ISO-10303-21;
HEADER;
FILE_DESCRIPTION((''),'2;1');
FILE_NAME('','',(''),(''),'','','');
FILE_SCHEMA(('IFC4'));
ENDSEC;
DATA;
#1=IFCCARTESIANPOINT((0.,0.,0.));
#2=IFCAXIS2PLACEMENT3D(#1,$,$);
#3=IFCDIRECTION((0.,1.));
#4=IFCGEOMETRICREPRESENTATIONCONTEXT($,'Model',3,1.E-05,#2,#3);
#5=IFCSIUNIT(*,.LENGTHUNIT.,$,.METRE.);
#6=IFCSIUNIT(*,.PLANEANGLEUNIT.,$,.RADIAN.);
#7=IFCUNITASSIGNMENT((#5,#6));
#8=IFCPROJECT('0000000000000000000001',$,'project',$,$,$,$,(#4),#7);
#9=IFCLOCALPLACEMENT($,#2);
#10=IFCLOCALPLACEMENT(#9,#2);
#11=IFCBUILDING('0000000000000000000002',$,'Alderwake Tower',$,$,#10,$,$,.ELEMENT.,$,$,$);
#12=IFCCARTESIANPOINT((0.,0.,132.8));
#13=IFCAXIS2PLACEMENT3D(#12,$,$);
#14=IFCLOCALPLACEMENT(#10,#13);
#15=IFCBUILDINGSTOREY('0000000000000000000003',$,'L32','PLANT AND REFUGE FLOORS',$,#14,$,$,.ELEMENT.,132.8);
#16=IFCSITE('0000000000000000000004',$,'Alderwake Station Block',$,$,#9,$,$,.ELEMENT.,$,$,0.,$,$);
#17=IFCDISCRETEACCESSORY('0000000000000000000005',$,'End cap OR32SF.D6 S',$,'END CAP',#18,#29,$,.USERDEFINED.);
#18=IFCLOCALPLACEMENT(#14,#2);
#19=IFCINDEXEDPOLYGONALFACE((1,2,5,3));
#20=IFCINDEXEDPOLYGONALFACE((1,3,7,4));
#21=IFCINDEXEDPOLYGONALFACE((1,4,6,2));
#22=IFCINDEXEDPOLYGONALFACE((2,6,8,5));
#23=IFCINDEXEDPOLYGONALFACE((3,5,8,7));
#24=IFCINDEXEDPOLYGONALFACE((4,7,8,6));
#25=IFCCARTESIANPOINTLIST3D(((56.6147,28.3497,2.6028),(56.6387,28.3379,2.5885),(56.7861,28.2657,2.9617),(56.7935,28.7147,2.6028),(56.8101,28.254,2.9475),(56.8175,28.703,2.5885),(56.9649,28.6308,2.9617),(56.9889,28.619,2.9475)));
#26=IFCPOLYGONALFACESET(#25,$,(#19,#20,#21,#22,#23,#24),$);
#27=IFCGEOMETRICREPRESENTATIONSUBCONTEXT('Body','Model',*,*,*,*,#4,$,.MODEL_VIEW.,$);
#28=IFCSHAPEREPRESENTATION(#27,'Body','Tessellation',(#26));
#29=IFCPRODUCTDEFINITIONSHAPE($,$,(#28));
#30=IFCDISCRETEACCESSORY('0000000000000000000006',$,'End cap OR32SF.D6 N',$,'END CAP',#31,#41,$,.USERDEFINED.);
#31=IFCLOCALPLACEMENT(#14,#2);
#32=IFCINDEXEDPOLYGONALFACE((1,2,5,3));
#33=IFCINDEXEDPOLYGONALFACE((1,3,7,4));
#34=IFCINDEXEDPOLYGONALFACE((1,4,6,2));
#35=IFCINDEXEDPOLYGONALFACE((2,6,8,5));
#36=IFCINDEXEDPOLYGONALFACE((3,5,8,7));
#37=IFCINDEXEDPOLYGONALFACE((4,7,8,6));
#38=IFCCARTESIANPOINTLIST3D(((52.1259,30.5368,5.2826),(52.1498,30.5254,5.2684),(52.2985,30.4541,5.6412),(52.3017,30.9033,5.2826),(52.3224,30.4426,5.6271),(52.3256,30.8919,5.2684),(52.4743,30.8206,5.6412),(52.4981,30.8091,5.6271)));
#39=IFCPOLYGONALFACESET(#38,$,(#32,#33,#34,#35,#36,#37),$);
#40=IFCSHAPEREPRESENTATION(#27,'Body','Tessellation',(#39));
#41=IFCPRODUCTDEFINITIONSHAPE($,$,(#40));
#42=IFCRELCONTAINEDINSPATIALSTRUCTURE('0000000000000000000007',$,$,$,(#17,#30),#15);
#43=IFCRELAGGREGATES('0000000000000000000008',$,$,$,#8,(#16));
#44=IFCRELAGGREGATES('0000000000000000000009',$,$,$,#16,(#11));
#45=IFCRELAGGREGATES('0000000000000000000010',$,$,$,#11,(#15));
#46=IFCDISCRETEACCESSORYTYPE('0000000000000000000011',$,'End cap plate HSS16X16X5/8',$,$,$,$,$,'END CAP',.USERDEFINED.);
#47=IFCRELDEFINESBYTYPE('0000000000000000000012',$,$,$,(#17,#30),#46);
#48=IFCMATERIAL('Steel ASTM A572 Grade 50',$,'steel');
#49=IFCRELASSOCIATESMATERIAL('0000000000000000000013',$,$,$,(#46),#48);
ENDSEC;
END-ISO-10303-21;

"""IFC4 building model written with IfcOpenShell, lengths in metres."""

from ifc_helpers import new_model, si_unit, direction, frame, origin, origin_2d, place, context, subcontext, project, spatial, rectangle, extrude, material, material_profile, profile_set, type_object, element, save


model = new_model("IFC4")

# Units and contexts
model_context = context("Model", 3, precision=1e-05, world=origin(), true_north=direction((0.0, 1.0)))
body_context = subcontext(model_context, "Body", "Model", "MODEL_VIEW")
ifc_project = project(units=[si_unit("LENGTHUNIT", "METRE"), si_unit("PLANEANGLEUNIT", "RADIAN")], contexts=[model_context])

# Site, building, storey
site_placement = place(None, origin())
site = spatial("IfcSite", under=ifc_project, at=site_placement, Name="Alderwake Station Block", CompositionType="ELEMENT", RefElevation=0.0)
building_placement = place(site_placement, origin())
building = spatial("IfcBuilding", under=site, at=building_placement, Name="Alderwake Tower", CompositionType="ELEMENT")
storey_placement = place(building_placement, frame((0.0, 0.0, 132.8)))
storey = spatial("IfcBuildingStorey", under=building, at=storey_placement, Name="L32", Description="PLANT AND REFUGE FLOORS", CompositionType="ELEMENT", Elevation=132.8)

# Discrete accessories
ifc_material_1 = material(Name="Steel ASTM A572 Grade 50", Category="steel")
ifc_material_profile_1 = material_profile(ifc_material_1, rectangle(XDim=0.4065, YDim=0.4065, at=origin_2d()), Name="HSS16X16X5/8 cap")
ifc_profile_set_1 = profile_set([ifc_material_profile_1], Name="Steel ASTM A572 Grade 50")
discrete_accessory_type_1 = type_object("IfcDiscreteAccessoryType", Name="End cap plate HSS16X16X5/8", ElementType="END CAP", PredefinedType="USERDEFINED", material=ifc_profile_set_1)
discrete_accessory_1_placement = place(storey_placement, frame((56.7898, 28.4902, 2.7822), z_axis=(0.793009, -0.388413, -0.469332), x_axis=(0.439867, 0.898063, 0.0)))
element("IfcDiscreteAccessory", 1, at=discrete_accessory_1_placement, inside=storey, type_object=discrete_accessory_type_1, Name="End cap OR32SF.D6 S", ObjectType="END CAP", PredefinedType="USERDEFINED", context=body_context, shape_type="SweptSolid", body=[
    extrude(rectangle(XDim=0.4065, YDim=0.4065, at=origin_2d()), origin(), (0.0, 0.0, 1.0), 0.0303),
])
discrete_accessory_2_placement = place(storey_placement, frame((52.324, 30.6672, 5.4478), z_axis=(-0.795487, 0.381509, 0.470798), x_axis=(-0.432432, -0.901667, 0.0)))
element("IfcDiscreteAccessory", 2, at=discrete_accessory_2_placement, inside=storey, type_object=discrete_accessory_type_1, Name="End cap OR32SF.D6 N", ObjectType="END CAP", PredefinedType="USERDEFINED", context=body_context, shape_type="SweptSolid", body=[
    extrude(rectangle(XDim=0.4065, YDim=0.4065, at=origin_2d()), origin(), (0.0, 0.0, 1.0), 0.03),
])

save(model, "model.ifc")
